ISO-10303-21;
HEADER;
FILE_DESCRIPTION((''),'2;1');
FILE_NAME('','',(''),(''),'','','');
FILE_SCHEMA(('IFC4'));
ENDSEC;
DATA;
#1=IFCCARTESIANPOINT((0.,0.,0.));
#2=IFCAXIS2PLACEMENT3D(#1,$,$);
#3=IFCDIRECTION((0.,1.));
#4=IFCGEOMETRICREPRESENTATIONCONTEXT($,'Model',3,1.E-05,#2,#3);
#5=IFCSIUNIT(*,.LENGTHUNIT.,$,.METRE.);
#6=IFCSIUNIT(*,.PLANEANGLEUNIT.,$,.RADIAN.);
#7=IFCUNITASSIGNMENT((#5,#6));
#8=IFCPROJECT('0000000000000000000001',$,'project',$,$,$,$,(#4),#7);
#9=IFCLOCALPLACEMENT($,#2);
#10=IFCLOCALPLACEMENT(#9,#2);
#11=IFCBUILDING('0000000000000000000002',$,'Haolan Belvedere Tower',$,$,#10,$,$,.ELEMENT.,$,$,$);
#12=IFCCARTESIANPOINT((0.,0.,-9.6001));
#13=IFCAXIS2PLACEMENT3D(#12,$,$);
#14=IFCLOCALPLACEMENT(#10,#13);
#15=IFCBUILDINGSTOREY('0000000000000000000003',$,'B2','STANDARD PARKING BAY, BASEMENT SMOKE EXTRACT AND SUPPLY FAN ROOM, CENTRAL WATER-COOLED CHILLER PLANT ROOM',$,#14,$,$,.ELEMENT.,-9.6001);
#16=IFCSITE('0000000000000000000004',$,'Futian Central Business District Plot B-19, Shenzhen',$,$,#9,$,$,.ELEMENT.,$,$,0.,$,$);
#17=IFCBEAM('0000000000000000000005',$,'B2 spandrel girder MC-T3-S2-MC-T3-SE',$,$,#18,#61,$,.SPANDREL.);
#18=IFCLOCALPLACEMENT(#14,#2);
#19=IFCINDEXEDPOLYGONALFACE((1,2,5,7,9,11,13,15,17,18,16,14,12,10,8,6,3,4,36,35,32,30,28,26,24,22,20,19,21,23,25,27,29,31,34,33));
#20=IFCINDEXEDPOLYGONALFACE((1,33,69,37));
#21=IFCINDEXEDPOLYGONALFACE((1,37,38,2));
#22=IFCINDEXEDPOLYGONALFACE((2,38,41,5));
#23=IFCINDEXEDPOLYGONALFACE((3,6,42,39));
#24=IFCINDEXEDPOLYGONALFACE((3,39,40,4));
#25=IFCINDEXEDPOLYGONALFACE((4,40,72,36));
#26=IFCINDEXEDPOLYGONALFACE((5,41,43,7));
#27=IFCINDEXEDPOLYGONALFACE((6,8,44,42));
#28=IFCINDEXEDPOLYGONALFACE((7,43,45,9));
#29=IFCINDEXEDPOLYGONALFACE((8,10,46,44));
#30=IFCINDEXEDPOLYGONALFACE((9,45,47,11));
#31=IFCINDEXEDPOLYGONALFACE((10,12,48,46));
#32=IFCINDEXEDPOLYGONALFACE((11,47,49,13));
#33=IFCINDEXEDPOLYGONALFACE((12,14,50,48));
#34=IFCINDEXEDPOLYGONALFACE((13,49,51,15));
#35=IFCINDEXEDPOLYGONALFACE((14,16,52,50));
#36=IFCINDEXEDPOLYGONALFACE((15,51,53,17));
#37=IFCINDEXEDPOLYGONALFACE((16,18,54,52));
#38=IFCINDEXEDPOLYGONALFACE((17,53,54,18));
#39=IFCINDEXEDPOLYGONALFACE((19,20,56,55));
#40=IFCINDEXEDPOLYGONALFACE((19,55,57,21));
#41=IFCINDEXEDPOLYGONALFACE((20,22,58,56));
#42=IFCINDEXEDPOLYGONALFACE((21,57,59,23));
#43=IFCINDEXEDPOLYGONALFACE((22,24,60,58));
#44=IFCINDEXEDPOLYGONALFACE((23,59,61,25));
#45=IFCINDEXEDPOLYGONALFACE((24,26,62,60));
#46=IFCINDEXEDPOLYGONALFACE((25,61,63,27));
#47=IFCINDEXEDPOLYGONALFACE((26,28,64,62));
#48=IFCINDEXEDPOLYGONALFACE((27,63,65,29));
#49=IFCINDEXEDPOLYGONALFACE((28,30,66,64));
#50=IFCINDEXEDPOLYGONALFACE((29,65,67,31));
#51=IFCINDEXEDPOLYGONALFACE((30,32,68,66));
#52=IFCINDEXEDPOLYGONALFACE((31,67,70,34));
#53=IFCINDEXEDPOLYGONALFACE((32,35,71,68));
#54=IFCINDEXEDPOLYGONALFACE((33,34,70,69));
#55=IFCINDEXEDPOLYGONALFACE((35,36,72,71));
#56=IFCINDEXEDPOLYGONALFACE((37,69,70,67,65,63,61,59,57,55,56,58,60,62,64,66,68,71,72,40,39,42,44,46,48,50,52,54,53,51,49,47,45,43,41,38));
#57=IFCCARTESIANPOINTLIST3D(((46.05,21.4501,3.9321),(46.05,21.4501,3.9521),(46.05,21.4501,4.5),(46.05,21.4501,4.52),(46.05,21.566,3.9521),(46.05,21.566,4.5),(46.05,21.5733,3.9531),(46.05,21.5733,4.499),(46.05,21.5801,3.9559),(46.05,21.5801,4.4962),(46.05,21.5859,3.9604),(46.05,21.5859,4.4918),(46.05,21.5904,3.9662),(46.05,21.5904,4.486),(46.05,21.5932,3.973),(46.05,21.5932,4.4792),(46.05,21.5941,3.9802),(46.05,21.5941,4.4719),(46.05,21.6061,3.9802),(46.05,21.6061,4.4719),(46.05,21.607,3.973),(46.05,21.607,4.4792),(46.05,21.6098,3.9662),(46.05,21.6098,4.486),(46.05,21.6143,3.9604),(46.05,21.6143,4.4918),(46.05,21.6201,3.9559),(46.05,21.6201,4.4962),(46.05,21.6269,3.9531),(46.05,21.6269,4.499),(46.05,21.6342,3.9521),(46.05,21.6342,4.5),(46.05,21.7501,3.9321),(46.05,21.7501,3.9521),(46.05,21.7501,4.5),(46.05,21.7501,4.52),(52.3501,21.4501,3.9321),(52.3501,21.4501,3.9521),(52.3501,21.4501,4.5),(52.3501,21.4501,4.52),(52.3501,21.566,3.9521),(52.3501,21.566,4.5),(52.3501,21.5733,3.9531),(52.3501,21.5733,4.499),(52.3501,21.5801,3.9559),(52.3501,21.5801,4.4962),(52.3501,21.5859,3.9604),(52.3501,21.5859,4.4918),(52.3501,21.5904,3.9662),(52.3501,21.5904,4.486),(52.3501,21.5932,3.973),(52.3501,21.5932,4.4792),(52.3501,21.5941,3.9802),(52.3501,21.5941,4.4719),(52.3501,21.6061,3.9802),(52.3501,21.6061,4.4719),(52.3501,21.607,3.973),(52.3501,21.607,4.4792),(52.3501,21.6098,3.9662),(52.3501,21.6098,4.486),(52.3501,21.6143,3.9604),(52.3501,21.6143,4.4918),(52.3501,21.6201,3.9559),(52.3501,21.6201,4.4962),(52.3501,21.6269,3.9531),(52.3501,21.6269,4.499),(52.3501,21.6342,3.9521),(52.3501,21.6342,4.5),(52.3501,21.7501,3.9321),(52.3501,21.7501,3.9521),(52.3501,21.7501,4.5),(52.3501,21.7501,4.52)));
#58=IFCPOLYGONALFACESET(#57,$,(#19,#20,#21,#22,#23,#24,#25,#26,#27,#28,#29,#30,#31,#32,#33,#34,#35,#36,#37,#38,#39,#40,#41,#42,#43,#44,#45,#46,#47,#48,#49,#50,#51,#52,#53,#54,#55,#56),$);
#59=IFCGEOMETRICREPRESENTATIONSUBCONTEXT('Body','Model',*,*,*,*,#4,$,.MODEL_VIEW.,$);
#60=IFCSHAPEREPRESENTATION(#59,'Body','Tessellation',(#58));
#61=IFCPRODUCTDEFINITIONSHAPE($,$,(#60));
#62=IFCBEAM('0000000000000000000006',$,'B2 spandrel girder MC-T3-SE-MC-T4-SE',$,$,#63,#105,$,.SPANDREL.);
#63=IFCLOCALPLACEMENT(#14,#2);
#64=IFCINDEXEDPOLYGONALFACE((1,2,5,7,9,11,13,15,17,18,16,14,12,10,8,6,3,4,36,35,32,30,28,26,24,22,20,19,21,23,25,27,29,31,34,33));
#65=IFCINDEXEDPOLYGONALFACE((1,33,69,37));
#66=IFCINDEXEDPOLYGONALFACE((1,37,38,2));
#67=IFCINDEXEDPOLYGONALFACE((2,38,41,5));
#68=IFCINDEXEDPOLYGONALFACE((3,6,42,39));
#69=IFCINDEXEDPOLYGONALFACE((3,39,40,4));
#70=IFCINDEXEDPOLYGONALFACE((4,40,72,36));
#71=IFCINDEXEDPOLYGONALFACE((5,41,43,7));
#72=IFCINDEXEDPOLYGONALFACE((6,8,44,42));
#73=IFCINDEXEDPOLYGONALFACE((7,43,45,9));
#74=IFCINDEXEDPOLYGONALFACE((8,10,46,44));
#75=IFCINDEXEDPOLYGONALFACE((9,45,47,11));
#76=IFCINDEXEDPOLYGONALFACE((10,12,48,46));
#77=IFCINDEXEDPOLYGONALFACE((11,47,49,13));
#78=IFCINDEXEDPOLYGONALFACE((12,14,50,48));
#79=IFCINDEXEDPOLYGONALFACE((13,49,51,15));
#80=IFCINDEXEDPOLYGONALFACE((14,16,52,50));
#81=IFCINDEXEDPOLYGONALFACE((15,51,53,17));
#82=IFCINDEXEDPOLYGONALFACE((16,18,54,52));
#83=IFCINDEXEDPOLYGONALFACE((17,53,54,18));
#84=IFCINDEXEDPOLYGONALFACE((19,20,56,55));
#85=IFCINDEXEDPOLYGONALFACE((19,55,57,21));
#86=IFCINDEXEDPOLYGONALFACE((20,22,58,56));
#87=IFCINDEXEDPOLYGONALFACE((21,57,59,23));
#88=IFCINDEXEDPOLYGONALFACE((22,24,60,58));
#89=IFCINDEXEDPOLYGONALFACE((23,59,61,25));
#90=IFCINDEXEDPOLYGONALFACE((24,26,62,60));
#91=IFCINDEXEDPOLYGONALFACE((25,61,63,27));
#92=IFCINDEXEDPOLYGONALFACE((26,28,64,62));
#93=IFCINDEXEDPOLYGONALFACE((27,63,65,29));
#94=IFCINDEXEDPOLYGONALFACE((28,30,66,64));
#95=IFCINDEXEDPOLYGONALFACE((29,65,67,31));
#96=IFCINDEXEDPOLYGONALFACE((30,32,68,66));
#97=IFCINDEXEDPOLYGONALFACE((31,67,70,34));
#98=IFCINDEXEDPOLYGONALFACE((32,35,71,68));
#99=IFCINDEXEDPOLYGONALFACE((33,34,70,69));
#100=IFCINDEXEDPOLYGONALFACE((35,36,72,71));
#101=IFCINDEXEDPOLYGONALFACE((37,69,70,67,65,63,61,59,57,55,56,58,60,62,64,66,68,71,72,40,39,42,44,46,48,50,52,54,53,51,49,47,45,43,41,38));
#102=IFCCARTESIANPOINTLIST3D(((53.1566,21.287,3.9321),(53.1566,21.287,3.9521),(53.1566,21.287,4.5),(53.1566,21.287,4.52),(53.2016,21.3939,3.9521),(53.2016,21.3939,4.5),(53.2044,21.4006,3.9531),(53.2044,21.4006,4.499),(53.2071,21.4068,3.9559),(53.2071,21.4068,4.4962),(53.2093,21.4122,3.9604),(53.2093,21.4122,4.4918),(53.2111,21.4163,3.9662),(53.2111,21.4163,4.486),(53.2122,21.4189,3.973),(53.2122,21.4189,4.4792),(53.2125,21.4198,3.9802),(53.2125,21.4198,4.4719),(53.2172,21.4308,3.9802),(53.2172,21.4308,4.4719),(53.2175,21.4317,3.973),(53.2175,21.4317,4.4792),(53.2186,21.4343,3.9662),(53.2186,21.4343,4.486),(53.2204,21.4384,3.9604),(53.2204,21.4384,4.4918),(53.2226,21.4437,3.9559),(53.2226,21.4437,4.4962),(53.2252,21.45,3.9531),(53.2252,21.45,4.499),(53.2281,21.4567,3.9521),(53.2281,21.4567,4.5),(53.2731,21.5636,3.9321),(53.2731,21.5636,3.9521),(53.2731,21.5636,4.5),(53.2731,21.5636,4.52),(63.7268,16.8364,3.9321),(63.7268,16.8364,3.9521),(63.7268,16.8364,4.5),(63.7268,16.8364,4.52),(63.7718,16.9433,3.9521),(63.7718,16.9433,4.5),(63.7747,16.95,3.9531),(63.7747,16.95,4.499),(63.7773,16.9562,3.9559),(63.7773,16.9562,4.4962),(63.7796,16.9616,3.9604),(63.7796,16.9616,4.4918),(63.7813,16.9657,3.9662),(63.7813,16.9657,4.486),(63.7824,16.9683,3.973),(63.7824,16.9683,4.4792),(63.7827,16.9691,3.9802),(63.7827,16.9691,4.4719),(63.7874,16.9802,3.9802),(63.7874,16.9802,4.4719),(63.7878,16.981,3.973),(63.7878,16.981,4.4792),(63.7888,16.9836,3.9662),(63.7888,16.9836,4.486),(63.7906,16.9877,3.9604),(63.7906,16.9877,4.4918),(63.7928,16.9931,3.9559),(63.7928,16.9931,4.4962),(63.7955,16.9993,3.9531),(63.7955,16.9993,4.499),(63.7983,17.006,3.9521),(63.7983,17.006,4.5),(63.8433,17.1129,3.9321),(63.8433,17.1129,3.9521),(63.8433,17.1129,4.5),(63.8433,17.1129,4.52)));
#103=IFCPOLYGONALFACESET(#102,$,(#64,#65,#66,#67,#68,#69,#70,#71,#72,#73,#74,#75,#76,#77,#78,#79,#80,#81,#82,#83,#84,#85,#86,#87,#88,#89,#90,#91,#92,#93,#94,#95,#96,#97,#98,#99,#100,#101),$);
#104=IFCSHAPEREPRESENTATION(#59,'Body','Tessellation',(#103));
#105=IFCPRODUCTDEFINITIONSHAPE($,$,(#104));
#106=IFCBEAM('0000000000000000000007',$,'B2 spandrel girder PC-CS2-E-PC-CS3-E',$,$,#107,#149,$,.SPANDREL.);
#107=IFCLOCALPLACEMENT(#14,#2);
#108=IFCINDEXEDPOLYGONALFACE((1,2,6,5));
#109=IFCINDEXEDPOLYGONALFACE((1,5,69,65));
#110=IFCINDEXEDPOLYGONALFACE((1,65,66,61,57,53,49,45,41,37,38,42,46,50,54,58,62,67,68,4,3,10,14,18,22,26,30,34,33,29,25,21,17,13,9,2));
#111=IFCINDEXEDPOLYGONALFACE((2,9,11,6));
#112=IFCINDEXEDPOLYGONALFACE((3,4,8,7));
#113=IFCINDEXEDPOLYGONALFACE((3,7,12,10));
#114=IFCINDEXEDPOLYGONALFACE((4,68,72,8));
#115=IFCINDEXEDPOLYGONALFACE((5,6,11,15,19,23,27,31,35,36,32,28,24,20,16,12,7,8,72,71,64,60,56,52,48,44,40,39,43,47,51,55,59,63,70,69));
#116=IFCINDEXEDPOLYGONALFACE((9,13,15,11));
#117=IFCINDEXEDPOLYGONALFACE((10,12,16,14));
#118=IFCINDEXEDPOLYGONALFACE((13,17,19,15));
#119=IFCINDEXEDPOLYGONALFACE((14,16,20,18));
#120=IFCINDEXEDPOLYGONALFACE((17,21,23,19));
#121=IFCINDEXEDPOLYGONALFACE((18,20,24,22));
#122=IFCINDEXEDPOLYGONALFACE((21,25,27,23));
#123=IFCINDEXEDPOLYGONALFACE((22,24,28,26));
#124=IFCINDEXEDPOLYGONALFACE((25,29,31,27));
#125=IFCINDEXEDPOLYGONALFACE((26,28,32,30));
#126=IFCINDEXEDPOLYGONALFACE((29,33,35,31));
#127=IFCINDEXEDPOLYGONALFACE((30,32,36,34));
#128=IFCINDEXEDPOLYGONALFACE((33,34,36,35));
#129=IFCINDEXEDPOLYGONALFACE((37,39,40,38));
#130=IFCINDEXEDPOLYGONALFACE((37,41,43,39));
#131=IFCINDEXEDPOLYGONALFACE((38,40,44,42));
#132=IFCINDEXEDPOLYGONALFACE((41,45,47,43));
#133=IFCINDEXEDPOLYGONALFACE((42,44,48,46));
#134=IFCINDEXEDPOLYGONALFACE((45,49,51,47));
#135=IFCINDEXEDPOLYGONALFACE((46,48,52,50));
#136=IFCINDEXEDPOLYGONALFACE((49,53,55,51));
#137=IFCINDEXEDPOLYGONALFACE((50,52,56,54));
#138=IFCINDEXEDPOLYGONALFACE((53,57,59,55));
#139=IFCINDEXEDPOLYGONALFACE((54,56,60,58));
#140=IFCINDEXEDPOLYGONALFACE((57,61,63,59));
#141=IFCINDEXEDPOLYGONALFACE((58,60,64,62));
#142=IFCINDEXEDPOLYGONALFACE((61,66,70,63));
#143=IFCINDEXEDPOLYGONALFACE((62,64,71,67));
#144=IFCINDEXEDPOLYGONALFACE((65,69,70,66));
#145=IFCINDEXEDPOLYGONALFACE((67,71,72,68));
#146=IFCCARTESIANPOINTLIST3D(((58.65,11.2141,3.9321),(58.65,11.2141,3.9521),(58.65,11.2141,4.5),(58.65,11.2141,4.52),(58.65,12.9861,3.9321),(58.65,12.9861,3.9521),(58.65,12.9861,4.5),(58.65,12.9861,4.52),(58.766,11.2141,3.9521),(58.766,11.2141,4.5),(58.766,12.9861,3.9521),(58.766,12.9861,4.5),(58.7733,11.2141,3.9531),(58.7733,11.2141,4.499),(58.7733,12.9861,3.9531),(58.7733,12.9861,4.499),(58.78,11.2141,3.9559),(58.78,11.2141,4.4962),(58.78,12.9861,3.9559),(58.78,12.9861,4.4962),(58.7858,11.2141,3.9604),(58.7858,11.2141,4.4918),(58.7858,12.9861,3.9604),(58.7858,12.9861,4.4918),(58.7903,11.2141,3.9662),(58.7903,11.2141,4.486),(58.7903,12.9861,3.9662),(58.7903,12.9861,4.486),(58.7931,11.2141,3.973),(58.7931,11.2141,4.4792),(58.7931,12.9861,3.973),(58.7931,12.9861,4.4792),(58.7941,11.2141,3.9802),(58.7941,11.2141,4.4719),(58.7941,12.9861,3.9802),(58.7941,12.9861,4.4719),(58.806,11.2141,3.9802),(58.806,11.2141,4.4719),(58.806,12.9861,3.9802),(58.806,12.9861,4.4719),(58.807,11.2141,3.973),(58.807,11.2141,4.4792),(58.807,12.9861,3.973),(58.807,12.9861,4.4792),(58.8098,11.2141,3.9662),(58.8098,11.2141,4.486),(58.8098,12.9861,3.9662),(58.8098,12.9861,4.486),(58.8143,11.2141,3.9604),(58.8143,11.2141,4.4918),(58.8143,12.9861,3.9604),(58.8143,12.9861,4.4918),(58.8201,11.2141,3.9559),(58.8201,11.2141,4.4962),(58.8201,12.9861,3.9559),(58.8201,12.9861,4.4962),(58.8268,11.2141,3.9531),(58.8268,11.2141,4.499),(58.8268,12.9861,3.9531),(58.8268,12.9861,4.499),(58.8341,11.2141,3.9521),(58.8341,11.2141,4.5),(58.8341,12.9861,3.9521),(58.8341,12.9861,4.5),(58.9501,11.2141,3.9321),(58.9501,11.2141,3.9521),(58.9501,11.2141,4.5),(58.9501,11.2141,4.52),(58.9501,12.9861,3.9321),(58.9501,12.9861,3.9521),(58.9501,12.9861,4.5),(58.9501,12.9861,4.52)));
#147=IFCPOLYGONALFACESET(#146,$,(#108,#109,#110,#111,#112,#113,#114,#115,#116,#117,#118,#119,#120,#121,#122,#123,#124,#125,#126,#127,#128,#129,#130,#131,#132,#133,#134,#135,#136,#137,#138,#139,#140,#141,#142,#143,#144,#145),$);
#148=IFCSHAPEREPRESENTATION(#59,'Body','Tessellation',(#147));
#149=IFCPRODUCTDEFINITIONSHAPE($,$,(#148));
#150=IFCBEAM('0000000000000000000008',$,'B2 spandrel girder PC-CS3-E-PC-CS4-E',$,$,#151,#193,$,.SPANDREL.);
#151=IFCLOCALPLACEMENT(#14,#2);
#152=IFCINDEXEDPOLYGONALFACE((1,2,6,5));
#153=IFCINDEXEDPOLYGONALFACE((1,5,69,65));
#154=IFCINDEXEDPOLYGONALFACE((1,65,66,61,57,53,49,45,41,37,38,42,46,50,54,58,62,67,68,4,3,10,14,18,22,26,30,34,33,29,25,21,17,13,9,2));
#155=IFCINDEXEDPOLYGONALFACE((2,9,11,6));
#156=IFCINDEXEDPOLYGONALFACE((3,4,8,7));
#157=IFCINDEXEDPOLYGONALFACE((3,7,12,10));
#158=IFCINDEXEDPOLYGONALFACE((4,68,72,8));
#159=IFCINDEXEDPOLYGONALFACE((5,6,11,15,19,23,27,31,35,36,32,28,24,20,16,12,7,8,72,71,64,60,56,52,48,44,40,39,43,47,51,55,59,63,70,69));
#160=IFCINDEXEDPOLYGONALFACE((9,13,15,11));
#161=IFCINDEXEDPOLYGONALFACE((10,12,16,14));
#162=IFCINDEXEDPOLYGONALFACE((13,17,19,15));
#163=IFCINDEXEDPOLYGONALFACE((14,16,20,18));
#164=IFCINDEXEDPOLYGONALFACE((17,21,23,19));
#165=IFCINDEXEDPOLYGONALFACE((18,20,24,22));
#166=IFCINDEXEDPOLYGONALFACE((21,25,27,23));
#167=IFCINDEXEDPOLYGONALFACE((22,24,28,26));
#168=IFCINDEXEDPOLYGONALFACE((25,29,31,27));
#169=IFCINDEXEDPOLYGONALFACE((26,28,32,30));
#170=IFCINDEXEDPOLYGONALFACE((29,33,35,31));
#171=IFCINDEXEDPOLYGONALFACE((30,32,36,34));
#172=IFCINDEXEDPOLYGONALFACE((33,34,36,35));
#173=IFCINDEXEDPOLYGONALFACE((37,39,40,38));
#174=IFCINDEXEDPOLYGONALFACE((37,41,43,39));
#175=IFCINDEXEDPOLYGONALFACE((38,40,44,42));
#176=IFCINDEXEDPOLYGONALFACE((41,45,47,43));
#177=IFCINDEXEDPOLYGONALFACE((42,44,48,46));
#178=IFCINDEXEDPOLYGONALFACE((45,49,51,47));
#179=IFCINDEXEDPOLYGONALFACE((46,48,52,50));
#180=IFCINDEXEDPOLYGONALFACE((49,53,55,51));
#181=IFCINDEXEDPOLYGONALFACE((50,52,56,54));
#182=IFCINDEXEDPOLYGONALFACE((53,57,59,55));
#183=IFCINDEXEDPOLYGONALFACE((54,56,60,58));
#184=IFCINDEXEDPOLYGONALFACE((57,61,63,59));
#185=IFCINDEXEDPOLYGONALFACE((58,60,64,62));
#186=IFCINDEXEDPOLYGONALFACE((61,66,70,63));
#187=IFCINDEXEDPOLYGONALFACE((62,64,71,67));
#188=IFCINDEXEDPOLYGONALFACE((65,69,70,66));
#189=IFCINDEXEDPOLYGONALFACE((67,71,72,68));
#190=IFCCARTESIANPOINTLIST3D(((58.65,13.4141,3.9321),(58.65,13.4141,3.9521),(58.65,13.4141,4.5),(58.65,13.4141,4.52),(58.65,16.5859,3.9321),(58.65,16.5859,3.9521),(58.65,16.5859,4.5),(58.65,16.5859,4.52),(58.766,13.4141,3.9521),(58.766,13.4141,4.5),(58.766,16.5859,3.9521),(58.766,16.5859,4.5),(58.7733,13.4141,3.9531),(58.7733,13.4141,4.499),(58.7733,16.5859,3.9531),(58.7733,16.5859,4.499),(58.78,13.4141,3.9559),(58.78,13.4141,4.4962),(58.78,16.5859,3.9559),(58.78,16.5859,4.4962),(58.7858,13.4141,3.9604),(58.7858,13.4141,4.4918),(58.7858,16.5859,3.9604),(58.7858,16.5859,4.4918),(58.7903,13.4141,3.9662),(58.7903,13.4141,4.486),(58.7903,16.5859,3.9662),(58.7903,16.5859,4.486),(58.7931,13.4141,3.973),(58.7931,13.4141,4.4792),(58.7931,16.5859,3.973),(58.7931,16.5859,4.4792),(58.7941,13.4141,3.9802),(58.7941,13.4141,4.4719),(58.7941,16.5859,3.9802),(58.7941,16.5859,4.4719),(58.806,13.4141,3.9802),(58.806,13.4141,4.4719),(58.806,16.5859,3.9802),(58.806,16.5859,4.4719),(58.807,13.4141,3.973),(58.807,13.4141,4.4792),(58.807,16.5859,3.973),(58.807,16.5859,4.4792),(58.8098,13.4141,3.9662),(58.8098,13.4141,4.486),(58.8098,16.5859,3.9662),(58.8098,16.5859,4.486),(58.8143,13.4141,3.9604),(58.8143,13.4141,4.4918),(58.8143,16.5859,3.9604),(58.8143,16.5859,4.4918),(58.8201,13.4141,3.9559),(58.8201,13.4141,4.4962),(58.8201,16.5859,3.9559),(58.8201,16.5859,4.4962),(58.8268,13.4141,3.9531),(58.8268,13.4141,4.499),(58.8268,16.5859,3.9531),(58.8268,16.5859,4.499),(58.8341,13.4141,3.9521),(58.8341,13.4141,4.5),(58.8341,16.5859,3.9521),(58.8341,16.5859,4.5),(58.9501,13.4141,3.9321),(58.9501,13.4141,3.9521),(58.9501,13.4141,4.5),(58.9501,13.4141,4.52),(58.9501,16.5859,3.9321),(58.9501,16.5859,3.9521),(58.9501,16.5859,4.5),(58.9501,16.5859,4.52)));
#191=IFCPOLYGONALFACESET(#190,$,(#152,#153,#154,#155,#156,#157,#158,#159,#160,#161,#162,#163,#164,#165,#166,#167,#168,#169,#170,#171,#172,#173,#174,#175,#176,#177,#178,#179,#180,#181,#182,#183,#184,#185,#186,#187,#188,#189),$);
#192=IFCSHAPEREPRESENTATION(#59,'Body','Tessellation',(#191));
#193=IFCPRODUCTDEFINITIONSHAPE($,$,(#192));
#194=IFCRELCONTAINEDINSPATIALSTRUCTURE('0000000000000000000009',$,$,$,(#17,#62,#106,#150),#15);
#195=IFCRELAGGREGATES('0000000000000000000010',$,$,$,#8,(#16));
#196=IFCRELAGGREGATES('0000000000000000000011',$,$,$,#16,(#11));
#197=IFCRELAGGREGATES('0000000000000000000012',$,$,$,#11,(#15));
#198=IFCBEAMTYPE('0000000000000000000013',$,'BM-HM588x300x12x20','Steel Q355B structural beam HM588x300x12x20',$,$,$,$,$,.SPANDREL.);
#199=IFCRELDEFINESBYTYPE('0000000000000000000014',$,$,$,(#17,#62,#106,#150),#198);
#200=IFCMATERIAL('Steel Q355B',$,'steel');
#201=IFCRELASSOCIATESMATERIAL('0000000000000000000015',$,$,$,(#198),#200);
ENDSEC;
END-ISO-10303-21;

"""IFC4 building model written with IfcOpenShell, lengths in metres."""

from ifc_helpers import new_model, si_unit, direction, frame, origin, origin_2d, place, context, subcontext, project, spatial, i_section, extrude, material, material_profile, profile_set, type_object, element, save


model = new_model("IFC4")

# Units and contexts
model_context = context("Model", 3, precision=1e-05, world=origin(), true_north=direction((0.0, 1.0)))
body_context = subcontext(model_context, "Body", "Model", "MODEL_VIEW")
ifc_project = project(units=[si_unit("LENGTHUNIT", "METRE"), si_unit("PLANEANGLEUNIT", "RADIAN")], contexts=[model_context])

# Site, building, storey
site_placement = place(None, origin())
site = spatial("IfcSite", under=ifc_project, at=site_placement, Name="Futian Central Business District Plot B-19, Shenzhen", CompositionType="ELEMENT", RefElevation=0.0)
building_placement = place(site_placement, origin())
building = spatial("IfcBuilding", under=site, at=building_placement, Name="Haolan Belvedere Tower", CompositionType="ELEMENT")
storey_placement = place(building_placement, frame((0.0, 0.0, -9.6001)))
storey = spatial("IfcBuildingStorey", under=building, at=storey_placement, Name="B2", Description="STANDARD PARKING BAY, BASEMENT SMOKE EXTRACT AND SUPPLY FAN ROOM, CENTRAL WATER-COOLED CHILLER PLANT ROOM", CompositionType="ELEMENT", Elevation=-9.6001)

# Shared definitions
ifc_material_1 = material(Name="Steel Q355B", Category="steel")

# Beams
ifc_material_profile_1 = material_profile(ifc_material_1, i_section(OverallWidth=0.3, OverallDepth=0.5879, WebThickness=0.012, FlangeThickness=0.02, FilletRadius=0.0281, at=origin_2d()), Name="Steel Q355B")
ifc_profile_set_1 = profile_set([ifc_material_profile_1], Name="Steel Q355B")
beam_type_1 = type_object("IfcBeamType", Name="BM-HM588x300x12x20", Description="Steel Q355B structural beam HM588x300x12x20", PredefinedType="SPANDREL", material=ifc_profile_set_1)
beam_1_placement = place(storey_placement, frame((46.05, 21.6001, 4.2261), z_axis=(1.0, 0.0, 0.0), x_axis=(0.0, 1.0, 0.0)))
element("IfcBeam", 1, at=beam_1_placement, inside=storey, type_object=beam_type_1, Name="B2 spandrel girder MC-T3-S2-MC-T3-SE", PredefinedType="SPANDREL", context=body_context, shape_type="SweptSolid", body=[
    extrude(i_section(OverallWidth=0.3, OverallDepth=0.5879, WebThickness=0.012, FlangeThickness=0.02, FilletRadius=0.0281, at=origin_2d()), origin(), (0.0, 0.0, 1.0), 6.3),
])
beam_2_placement = place(storey_placement, frame((53.2148, 21.4253, 4.2261), z_axis=(0.921635, -0.388059, 0.0), x_axis=(0.388059, 0.921635, 0.0)))
element("IfcBeam", 2, at=beam_2_placement, inside=storey, type_object=beam_type_1, Name="B2 spandrel girder MC-T3-SE-MC-T4-SE", PredefinedType="SPANDREL", context=body_context, shape_type="SweptSolid", body=[
    extrude(i_section(OverallWidth=0.3, OverallDepth=0.5879, WebThickness=0.012, FlangeThickness=0.02, FilletRadius=0.0281, at=origin_2d()), origin(), (0.0, 0.0, 1.0), 11.469),
])
beam_3_placement = place(storey_placement, frame((58.8, 11.2141, 4.2261), z_axis=(0.0, 1.0, 0.0), x_axis=(-1.0, 0.0, 0.0)))
element("IfcBeam", 3, at=beam_3_placement, inside=storey, type_object=beam_type_1, Name="B2 spandrel girder PC-CS2-E-PC-CS3-E", PredefinedType="SPANDREL", context=body_context, shape_type="SweptSolid", body=[
    extrude(i_section(OverallWidth=0.3, OverallDepth=0.5879, WebThickness=0.012, FlangeThickness=0.02, FilletRadius=0.0281, at=origin_2d()), origin(), (0.0, 0.0, 1.0), 1.772),
])
beam_4_placement = place(storey_placement, frame((58.8, 13.4141, 4.2261), z_axis=(0.0, 1.0, 0.0), x_axis=(-1.0, 0.0, 0.0)))
element("IfcBeam", 4, at=beam_4_placement, inside=storey, type_object=beam_type_1, Name="B2 spandrel girder PC-CS3-E-PC-CS4-E", PredefinedType="SPANDREL", context=body_context, shape_type="SweptSolid", body=[
    extrude(i_section(OverallWidth=0.3, OverallDepth=0.5879, WebThickness=0.012, FlangeThickness=0.02, FilletRadius=0.0281, at=origin_2d()), origin(), (0.0, 0.0, 1.0), 3.1719),
])

save(model, "model.ifc")
